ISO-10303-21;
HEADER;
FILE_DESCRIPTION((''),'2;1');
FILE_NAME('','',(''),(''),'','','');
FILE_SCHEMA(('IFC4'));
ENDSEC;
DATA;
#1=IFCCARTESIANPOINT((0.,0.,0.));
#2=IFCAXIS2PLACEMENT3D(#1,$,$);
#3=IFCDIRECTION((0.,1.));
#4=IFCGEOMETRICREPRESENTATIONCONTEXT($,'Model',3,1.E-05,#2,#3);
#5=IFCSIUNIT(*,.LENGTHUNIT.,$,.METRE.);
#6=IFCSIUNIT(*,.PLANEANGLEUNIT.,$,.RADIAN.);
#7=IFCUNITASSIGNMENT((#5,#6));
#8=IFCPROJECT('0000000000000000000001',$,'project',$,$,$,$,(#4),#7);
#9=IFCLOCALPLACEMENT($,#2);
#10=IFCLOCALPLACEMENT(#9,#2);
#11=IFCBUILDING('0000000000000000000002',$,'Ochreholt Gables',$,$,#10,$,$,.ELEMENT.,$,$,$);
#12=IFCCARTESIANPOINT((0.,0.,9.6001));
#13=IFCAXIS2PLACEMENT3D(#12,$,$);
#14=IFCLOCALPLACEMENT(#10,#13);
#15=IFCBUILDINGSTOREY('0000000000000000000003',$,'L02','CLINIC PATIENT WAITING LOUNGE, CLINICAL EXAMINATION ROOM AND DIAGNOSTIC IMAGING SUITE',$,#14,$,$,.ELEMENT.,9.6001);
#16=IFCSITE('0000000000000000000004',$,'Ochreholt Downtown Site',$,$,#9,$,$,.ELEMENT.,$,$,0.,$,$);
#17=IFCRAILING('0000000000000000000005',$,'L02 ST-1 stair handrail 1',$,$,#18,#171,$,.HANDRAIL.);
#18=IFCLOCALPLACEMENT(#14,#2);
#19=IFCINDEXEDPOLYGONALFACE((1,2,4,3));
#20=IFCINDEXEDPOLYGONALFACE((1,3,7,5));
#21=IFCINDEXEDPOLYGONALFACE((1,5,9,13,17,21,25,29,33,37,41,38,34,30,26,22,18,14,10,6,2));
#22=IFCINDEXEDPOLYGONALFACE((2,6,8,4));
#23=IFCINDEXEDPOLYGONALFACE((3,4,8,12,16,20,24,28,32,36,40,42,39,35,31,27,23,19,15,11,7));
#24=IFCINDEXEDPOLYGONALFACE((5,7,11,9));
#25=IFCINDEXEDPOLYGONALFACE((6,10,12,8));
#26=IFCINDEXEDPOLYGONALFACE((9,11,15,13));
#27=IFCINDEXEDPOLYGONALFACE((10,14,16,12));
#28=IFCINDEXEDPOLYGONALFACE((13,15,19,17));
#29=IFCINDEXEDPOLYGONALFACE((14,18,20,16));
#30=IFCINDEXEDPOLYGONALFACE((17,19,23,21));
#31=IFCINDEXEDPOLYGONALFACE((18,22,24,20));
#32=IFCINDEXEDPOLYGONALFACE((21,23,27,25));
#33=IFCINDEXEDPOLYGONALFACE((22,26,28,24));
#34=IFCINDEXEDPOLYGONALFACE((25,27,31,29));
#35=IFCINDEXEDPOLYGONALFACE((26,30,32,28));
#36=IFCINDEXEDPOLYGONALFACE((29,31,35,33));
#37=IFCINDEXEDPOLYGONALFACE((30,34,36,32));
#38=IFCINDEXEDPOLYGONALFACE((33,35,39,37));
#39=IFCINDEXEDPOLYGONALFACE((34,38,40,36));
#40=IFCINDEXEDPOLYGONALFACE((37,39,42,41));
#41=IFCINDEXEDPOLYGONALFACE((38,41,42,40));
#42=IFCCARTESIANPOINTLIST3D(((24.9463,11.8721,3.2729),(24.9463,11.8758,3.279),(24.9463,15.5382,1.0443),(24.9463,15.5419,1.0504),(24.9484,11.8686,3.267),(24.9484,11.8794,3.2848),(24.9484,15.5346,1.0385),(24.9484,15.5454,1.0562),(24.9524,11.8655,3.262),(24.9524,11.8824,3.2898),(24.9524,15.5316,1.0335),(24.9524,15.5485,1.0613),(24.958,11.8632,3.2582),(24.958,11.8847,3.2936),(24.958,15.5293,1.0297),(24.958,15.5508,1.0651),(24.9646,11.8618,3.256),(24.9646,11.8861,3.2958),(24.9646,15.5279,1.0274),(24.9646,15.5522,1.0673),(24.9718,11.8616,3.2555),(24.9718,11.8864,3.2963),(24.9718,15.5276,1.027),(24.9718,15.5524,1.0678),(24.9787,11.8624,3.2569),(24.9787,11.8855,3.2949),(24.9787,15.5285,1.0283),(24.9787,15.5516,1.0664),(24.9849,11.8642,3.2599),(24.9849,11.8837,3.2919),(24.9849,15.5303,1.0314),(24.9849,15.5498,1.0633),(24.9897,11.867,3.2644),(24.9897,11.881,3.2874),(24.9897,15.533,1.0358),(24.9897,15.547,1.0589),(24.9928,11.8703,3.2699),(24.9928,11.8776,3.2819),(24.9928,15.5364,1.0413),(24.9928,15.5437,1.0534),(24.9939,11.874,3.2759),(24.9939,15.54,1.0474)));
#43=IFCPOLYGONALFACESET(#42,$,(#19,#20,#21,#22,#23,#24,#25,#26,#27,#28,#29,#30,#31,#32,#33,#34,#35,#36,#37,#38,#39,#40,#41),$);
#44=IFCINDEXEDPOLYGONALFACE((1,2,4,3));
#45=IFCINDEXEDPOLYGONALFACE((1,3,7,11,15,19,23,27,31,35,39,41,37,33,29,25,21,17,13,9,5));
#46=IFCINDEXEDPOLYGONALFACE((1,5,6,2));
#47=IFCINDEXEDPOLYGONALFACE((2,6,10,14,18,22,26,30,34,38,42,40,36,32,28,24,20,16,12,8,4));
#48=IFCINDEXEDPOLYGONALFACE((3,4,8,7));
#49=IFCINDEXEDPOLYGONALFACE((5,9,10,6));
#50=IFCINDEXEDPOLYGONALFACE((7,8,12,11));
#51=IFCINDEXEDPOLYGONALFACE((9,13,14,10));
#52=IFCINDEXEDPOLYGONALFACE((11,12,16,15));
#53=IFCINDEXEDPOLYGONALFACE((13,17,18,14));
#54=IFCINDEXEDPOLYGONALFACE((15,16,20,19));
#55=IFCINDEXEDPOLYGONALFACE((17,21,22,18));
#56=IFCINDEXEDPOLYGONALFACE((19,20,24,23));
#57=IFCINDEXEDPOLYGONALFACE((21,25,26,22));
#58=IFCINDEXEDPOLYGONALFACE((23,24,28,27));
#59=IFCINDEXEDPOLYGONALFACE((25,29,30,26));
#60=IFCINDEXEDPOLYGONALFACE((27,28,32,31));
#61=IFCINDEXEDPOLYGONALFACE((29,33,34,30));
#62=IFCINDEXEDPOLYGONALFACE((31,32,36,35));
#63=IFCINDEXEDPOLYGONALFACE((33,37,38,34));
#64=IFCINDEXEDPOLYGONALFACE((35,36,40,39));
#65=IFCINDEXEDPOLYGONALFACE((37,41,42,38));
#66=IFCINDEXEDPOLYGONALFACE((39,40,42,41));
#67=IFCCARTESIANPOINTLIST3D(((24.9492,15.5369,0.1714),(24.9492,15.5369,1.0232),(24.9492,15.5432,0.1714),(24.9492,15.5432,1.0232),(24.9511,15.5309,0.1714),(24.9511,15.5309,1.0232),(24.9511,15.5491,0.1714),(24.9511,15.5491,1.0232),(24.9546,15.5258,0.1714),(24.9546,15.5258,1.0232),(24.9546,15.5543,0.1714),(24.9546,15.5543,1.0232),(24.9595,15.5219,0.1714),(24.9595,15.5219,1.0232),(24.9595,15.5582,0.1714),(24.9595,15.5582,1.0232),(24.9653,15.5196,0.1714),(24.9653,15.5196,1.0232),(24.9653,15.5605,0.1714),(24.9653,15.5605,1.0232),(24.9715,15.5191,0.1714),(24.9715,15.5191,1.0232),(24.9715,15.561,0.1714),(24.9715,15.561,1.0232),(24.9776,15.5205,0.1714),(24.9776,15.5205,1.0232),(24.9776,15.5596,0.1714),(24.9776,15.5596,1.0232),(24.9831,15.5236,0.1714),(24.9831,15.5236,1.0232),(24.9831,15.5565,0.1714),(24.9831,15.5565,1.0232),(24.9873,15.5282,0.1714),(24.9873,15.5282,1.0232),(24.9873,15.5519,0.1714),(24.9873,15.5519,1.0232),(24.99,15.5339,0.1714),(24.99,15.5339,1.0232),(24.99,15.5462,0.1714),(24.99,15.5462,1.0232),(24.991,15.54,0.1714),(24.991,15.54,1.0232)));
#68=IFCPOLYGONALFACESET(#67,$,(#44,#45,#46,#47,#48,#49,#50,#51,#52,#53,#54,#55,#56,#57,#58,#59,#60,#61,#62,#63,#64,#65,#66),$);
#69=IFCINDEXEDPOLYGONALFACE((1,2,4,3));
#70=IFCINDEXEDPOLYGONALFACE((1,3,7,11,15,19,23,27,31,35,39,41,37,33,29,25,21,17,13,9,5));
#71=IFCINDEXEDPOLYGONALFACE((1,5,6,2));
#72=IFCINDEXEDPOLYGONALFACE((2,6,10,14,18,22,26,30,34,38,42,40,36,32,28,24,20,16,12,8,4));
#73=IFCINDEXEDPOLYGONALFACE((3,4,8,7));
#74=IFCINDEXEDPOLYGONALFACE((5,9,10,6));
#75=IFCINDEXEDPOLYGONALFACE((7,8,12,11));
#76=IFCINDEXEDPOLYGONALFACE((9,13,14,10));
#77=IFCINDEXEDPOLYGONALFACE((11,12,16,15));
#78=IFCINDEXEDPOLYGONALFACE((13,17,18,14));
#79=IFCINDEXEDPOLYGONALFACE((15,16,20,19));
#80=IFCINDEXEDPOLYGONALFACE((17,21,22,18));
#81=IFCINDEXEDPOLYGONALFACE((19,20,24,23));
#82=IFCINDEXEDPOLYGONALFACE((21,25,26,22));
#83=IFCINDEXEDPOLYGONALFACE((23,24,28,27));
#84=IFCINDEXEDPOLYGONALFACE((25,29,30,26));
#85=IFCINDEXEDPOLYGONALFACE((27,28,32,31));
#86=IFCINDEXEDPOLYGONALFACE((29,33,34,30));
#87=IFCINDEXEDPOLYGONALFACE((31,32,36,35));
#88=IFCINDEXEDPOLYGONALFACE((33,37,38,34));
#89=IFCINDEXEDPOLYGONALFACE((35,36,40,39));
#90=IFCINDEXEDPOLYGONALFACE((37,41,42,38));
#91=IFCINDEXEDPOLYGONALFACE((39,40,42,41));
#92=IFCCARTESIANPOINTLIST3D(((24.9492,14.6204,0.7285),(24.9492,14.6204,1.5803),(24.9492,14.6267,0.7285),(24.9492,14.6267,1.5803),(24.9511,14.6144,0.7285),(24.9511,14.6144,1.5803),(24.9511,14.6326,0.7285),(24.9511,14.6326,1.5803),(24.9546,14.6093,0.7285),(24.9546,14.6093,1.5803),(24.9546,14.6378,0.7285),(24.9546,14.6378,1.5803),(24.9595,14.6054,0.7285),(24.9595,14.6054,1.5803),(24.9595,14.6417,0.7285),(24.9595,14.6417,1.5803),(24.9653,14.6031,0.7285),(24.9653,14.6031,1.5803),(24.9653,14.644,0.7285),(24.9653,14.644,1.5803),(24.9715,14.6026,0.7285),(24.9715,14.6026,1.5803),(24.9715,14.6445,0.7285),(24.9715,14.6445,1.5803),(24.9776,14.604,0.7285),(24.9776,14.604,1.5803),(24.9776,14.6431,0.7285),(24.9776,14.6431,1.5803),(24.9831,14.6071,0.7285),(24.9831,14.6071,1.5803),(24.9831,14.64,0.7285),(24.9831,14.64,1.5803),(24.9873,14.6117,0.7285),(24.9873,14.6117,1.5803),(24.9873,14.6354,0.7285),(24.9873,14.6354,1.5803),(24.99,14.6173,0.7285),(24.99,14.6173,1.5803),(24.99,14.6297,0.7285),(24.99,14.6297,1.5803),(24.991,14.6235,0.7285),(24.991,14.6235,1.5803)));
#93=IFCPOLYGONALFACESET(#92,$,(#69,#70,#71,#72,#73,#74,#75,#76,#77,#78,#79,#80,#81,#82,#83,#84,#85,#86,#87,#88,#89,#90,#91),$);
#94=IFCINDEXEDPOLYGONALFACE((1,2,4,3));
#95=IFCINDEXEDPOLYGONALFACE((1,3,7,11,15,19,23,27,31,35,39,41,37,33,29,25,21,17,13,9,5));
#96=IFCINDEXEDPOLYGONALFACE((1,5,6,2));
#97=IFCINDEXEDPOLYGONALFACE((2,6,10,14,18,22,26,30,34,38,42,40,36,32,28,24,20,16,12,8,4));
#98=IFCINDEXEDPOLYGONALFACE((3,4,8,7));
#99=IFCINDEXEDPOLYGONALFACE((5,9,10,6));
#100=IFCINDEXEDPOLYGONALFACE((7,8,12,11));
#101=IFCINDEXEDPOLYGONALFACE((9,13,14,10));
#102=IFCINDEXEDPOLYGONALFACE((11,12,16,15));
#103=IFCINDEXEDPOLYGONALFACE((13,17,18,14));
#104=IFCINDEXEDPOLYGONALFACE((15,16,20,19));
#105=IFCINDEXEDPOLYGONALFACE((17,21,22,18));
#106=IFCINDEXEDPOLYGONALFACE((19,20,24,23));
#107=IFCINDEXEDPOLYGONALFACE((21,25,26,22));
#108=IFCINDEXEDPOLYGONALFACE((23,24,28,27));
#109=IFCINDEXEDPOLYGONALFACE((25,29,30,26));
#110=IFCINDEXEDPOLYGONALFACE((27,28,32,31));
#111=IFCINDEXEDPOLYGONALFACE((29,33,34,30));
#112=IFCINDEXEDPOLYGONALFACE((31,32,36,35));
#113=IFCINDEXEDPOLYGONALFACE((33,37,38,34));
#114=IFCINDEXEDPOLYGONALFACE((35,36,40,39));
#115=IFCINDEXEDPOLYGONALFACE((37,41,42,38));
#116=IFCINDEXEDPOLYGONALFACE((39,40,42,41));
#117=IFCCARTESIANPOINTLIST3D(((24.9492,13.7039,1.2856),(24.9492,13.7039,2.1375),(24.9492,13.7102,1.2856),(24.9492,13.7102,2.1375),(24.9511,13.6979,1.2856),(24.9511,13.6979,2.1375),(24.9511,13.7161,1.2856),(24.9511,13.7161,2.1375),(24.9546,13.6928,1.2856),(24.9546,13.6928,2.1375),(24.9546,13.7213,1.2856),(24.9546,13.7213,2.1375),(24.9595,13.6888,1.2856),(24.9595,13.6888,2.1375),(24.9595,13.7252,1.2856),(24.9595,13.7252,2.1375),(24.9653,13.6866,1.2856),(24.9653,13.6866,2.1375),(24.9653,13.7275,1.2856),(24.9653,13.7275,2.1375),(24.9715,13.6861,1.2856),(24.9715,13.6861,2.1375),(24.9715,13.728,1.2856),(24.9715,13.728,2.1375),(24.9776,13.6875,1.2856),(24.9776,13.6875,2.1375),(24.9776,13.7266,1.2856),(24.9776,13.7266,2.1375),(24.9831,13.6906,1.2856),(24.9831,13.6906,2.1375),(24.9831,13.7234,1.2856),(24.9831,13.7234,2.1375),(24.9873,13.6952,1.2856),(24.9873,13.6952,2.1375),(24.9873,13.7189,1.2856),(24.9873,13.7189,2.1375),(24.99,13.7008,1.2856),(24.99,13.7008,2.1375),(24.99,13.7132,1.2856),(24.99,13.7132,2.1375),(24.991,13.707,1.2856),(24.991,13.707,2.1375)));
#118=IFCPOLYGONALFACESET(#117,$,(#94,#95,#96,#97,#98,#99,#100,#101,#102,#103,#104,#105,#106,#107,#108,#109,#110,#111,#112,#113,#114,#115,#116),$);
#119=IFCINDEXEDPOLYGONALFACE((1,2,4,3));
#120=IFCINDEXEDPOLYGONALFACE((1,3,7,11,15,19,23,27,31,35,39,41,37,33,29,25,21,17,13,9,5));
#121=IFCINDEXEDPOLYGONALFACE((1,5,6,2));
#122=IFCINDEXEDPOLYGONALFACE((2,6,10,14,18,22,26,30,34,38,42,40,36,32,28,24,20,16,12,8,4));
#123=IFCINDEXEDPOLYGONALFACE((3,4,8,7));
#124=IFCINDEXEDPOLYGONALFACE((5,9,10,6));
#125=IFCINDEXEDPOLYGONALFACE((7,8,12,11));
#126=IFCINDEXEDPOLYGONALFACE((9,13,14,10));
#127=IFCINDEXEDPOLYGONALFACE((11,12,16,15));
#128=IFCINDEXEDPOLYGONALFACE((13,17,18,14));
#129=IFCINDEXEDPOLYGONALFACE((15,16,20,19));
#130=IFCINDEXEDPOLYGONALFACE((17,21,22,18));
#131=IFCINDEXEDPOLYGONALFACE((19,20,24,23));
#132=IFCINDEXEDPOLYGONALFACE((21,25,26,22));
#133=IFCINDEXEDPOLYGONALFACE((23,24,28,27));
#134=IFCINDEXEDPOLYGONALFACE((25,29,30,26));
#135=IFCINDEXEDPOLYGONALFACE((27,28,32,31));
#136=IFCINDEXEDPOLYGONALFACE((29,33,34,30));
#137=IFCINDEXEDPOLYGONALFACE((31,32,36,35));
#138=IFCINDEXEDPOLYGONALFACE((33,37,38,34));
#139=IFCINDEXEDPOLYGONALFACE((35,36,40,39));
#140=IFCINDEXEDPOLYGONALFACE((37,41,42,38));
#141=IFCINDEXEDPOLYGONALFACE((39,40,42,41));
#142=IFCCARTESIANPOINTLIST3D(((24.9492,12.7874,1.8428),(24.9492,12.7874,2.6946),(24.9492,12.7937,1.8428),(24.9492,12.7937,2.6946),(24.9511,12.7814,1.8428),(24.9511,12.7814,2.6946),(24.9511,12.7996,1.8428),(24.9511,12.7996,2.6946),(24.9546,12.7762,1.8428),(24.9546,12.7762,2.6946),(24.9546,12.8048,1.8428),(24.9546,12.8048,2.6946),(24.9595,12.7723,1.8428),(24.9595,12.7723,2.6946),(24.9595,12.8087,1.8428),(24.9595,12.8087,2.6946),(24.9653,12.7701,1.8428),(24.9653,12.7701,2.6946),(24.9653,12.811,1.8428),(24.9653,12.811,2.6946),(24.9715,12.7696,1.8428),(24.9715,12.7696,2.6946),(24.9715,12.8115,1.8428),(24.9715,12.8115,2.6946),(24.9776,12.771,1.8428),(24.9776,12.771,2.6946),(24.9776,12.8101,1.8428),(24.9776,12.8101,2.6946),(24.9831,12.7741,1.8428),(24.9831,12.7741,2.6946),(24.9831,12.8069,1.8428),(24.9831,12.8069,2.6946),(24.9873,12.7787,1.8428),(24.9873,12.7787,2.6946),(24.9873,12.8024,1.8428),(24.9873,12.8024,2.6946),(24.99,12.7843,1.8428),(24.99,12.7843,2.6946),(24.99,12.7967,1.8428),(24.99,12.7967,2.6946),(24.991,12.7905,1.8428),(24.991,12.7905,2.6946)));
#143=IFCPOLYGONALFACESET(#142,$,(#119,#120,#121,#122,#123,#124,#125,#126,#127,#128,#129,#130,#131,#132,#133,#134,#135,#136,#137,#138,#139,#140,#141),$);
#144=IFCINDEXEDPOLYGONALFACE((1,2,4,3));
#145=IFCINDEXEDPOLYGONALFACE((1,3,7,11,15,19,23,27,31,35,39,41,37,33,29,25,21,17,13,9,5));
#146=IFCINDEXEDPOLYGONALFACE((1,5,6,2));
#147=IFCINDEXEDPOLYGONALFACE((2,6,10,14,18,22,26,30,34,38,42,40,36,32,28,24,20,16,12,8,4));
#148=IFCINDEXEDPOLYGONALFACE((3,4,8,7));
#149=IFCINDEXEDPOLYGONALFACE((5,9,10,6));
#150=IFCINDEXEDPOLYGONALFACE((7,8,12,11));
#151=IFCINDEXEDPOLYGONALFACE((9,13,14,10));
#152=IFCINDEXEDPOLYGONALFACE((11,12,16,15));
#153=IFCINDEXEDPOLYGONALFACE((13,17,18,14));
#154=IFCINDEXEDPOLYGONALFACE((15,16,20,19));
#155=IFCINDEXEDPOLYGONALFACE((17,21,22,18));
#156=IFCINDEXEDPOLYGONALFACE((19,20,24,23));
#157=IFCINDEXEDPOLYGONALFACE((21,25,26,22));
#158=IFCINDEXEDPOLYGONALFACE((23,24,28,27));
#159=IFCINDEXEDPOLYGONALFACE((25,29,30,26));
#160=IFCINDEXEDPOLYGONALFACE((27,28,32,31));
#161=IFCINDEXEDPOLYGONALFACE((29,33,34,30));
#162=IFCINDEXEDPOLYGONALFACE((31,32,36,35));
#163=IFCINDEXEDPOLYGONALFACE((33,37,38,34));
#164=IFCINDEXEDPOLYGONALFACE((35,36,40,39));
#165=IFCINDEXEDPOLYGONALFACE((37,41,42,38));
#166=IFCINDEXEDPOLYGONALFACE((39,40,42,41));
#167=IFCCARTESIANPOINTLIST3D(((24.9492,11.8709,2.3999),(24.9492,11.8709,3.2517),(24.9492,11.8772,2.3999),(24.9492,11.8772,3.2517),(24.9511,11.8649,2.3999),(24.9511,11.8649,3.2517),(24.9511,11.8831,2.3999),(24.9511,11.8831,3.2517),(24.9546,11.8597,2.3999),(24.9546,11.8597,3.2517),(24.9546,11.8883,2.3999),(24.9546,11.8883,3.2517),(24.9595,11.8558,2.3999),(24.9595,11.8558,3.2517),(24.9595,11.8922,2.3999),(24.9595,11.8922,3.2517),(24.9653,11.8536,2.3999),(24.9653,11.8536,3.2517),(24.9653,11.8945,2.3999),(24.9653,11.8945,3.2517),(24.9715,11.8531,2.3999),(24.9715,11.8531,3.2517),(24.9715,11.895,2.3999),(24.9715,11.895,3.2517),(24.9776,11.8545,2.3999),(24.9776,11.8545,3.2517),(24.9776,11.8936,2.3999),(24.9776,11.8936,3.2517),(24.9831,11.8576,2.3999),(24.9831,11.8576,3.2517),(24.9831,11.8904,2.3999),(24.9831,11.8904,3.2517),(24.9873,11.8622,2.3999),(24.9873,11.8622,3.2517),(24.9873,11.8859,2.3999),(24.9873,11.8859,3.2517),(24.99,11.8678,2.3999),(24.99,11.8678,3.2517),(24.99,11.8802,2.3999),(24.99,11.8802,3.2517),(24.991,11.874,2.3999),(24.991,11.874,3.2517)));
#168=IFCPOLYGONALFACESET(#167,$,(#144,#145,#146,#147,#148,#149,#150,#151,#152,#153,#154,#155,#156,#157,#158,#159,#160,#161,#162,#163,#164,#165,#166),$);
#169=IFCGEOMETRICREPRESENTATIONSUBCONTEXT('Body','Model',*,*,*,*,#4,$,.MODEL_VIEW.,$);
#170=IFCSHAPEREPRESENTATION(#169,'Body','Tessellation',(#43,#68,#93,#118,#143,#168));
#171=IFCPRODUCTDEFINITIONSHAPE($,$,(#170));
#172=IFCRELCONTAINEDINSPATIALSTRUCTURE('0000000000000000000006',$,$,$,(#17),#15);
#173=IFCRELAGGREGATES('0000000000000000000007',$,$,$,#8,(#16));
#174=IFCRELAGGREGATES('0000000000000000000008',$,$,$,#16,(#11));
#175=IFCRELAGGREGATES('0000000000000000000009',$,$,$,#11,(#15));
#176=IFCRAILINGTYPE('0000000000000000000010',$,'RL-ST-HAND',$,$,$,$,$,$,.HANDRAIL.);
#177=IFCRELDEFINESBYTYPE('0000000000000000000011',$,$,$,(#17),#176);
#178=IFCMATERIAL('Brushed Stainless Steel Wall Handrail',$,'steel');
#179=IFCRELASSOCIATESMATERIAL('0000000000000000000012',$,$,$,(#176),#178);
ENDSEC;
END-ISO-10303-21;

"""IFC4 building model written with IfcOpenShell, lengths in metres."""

from ifc_helpers import new_model, si_unit, direction, frame, origin, origin_2d, place, context, subcontext, project, spatial, circle, extrude, material, type_object, element, save


model = new_model("IFC4")

# Units and contexts
model_context = context("Model", 3, precision=1e-05, world=origin(), true_north=direction((0.0, 1.0)))
body_context = subcontext(model_context, "Body", "Model", "MODEL_VIEW")
ifc_project = project(units=[si_unit("LENGTHUNIT", "METRE"), si_unit("PLANEANGLEUNIT", "RADIAN")], contexts=[model_context])

# Site, building, storey
site_placement = place(None, origin())
site = spatial("IfcSite", under=ifc_project, at=site_placement, Name="Ochreholt Downtown Site", CompositionType="ELEMENT", RefElevation=0.0)
building_placement = place(site_placement, origin())
building = spatial("IfcBuilding", under=site, at=building_placement, Name="Ochreholt Gables", CompositionType="ELEMENT")
storey_placement = place(building_placement, frame((0.0, 0.0, 9.6001)))
storey = spatial("IfcBuildingStorey", under=building, at=storey_placement, Name="L02", Description="CLINIC PATIENT WAITING LOUNGE, CLINICAL EXAMINATION ROOM AND DIAGNOSTIC IMAGING SUITE", CompositionType="ELEMENT", Elevation=9.6001)

# Railing
ifc_material_1 = material(Name="Brushed Stainless Steel Wall Handrail", Category="steel")
railing_type_1 = type_object("IfcRailingType", Name="RL-ST-HAND", PredefinedType="HANDRAIL", material=ifc_material_1)
railing_1_placement = place(storey_placement, frame((24.97, 15.54, 0.1714)))
element("IfcRailing", 1, at=railing_1_placement, inside=storey, type_object=railing_type_1, Name="L02 ST-1 stair handrail 1", PredefinedType="HANDRAIL", context=body_context, shape_type="SweptSolid", body=[
    extrude(circle(Radius=0.0239, at=origin_2d()), frame((0.0, 0.0, 0.876), z_axis=(0.0, -0.854506, 0.519441), x_axis=(1.0, 0.0, 0.0)), (0.0, 0.0, 1.0), 4.2903),
    extrude(circle(Radius=0.021, at=origin_2d()), origin(), (0.0, 0.0, 1.0), 0.8518),
    extrude(circle(Radius=0.021, at=origin_2d()), frame((0.0, -0.9165, 0.5571)), (0.0, 0.0, 1.0), 0.8518),
    extrude(circle(Radius=0.021, at=origin_2d()), frame((0.0, -1.833, 1.1143)), (0.0, 0.0, 1.0), 0.8518),
    extrude(circle(Radius=0.021, at=origin_2d()), frame((0.0, -2.7495, 1.6714)), (0.0, 0.0, 1.0), 0.8518),
    extrude(circle(Radius=0.021, at=origin_2d()), frame((0.0, -3.666, 2.2285)), (0.0, 0.0, 1.0), 0.8518),
])

save(model, "model.ifc")
